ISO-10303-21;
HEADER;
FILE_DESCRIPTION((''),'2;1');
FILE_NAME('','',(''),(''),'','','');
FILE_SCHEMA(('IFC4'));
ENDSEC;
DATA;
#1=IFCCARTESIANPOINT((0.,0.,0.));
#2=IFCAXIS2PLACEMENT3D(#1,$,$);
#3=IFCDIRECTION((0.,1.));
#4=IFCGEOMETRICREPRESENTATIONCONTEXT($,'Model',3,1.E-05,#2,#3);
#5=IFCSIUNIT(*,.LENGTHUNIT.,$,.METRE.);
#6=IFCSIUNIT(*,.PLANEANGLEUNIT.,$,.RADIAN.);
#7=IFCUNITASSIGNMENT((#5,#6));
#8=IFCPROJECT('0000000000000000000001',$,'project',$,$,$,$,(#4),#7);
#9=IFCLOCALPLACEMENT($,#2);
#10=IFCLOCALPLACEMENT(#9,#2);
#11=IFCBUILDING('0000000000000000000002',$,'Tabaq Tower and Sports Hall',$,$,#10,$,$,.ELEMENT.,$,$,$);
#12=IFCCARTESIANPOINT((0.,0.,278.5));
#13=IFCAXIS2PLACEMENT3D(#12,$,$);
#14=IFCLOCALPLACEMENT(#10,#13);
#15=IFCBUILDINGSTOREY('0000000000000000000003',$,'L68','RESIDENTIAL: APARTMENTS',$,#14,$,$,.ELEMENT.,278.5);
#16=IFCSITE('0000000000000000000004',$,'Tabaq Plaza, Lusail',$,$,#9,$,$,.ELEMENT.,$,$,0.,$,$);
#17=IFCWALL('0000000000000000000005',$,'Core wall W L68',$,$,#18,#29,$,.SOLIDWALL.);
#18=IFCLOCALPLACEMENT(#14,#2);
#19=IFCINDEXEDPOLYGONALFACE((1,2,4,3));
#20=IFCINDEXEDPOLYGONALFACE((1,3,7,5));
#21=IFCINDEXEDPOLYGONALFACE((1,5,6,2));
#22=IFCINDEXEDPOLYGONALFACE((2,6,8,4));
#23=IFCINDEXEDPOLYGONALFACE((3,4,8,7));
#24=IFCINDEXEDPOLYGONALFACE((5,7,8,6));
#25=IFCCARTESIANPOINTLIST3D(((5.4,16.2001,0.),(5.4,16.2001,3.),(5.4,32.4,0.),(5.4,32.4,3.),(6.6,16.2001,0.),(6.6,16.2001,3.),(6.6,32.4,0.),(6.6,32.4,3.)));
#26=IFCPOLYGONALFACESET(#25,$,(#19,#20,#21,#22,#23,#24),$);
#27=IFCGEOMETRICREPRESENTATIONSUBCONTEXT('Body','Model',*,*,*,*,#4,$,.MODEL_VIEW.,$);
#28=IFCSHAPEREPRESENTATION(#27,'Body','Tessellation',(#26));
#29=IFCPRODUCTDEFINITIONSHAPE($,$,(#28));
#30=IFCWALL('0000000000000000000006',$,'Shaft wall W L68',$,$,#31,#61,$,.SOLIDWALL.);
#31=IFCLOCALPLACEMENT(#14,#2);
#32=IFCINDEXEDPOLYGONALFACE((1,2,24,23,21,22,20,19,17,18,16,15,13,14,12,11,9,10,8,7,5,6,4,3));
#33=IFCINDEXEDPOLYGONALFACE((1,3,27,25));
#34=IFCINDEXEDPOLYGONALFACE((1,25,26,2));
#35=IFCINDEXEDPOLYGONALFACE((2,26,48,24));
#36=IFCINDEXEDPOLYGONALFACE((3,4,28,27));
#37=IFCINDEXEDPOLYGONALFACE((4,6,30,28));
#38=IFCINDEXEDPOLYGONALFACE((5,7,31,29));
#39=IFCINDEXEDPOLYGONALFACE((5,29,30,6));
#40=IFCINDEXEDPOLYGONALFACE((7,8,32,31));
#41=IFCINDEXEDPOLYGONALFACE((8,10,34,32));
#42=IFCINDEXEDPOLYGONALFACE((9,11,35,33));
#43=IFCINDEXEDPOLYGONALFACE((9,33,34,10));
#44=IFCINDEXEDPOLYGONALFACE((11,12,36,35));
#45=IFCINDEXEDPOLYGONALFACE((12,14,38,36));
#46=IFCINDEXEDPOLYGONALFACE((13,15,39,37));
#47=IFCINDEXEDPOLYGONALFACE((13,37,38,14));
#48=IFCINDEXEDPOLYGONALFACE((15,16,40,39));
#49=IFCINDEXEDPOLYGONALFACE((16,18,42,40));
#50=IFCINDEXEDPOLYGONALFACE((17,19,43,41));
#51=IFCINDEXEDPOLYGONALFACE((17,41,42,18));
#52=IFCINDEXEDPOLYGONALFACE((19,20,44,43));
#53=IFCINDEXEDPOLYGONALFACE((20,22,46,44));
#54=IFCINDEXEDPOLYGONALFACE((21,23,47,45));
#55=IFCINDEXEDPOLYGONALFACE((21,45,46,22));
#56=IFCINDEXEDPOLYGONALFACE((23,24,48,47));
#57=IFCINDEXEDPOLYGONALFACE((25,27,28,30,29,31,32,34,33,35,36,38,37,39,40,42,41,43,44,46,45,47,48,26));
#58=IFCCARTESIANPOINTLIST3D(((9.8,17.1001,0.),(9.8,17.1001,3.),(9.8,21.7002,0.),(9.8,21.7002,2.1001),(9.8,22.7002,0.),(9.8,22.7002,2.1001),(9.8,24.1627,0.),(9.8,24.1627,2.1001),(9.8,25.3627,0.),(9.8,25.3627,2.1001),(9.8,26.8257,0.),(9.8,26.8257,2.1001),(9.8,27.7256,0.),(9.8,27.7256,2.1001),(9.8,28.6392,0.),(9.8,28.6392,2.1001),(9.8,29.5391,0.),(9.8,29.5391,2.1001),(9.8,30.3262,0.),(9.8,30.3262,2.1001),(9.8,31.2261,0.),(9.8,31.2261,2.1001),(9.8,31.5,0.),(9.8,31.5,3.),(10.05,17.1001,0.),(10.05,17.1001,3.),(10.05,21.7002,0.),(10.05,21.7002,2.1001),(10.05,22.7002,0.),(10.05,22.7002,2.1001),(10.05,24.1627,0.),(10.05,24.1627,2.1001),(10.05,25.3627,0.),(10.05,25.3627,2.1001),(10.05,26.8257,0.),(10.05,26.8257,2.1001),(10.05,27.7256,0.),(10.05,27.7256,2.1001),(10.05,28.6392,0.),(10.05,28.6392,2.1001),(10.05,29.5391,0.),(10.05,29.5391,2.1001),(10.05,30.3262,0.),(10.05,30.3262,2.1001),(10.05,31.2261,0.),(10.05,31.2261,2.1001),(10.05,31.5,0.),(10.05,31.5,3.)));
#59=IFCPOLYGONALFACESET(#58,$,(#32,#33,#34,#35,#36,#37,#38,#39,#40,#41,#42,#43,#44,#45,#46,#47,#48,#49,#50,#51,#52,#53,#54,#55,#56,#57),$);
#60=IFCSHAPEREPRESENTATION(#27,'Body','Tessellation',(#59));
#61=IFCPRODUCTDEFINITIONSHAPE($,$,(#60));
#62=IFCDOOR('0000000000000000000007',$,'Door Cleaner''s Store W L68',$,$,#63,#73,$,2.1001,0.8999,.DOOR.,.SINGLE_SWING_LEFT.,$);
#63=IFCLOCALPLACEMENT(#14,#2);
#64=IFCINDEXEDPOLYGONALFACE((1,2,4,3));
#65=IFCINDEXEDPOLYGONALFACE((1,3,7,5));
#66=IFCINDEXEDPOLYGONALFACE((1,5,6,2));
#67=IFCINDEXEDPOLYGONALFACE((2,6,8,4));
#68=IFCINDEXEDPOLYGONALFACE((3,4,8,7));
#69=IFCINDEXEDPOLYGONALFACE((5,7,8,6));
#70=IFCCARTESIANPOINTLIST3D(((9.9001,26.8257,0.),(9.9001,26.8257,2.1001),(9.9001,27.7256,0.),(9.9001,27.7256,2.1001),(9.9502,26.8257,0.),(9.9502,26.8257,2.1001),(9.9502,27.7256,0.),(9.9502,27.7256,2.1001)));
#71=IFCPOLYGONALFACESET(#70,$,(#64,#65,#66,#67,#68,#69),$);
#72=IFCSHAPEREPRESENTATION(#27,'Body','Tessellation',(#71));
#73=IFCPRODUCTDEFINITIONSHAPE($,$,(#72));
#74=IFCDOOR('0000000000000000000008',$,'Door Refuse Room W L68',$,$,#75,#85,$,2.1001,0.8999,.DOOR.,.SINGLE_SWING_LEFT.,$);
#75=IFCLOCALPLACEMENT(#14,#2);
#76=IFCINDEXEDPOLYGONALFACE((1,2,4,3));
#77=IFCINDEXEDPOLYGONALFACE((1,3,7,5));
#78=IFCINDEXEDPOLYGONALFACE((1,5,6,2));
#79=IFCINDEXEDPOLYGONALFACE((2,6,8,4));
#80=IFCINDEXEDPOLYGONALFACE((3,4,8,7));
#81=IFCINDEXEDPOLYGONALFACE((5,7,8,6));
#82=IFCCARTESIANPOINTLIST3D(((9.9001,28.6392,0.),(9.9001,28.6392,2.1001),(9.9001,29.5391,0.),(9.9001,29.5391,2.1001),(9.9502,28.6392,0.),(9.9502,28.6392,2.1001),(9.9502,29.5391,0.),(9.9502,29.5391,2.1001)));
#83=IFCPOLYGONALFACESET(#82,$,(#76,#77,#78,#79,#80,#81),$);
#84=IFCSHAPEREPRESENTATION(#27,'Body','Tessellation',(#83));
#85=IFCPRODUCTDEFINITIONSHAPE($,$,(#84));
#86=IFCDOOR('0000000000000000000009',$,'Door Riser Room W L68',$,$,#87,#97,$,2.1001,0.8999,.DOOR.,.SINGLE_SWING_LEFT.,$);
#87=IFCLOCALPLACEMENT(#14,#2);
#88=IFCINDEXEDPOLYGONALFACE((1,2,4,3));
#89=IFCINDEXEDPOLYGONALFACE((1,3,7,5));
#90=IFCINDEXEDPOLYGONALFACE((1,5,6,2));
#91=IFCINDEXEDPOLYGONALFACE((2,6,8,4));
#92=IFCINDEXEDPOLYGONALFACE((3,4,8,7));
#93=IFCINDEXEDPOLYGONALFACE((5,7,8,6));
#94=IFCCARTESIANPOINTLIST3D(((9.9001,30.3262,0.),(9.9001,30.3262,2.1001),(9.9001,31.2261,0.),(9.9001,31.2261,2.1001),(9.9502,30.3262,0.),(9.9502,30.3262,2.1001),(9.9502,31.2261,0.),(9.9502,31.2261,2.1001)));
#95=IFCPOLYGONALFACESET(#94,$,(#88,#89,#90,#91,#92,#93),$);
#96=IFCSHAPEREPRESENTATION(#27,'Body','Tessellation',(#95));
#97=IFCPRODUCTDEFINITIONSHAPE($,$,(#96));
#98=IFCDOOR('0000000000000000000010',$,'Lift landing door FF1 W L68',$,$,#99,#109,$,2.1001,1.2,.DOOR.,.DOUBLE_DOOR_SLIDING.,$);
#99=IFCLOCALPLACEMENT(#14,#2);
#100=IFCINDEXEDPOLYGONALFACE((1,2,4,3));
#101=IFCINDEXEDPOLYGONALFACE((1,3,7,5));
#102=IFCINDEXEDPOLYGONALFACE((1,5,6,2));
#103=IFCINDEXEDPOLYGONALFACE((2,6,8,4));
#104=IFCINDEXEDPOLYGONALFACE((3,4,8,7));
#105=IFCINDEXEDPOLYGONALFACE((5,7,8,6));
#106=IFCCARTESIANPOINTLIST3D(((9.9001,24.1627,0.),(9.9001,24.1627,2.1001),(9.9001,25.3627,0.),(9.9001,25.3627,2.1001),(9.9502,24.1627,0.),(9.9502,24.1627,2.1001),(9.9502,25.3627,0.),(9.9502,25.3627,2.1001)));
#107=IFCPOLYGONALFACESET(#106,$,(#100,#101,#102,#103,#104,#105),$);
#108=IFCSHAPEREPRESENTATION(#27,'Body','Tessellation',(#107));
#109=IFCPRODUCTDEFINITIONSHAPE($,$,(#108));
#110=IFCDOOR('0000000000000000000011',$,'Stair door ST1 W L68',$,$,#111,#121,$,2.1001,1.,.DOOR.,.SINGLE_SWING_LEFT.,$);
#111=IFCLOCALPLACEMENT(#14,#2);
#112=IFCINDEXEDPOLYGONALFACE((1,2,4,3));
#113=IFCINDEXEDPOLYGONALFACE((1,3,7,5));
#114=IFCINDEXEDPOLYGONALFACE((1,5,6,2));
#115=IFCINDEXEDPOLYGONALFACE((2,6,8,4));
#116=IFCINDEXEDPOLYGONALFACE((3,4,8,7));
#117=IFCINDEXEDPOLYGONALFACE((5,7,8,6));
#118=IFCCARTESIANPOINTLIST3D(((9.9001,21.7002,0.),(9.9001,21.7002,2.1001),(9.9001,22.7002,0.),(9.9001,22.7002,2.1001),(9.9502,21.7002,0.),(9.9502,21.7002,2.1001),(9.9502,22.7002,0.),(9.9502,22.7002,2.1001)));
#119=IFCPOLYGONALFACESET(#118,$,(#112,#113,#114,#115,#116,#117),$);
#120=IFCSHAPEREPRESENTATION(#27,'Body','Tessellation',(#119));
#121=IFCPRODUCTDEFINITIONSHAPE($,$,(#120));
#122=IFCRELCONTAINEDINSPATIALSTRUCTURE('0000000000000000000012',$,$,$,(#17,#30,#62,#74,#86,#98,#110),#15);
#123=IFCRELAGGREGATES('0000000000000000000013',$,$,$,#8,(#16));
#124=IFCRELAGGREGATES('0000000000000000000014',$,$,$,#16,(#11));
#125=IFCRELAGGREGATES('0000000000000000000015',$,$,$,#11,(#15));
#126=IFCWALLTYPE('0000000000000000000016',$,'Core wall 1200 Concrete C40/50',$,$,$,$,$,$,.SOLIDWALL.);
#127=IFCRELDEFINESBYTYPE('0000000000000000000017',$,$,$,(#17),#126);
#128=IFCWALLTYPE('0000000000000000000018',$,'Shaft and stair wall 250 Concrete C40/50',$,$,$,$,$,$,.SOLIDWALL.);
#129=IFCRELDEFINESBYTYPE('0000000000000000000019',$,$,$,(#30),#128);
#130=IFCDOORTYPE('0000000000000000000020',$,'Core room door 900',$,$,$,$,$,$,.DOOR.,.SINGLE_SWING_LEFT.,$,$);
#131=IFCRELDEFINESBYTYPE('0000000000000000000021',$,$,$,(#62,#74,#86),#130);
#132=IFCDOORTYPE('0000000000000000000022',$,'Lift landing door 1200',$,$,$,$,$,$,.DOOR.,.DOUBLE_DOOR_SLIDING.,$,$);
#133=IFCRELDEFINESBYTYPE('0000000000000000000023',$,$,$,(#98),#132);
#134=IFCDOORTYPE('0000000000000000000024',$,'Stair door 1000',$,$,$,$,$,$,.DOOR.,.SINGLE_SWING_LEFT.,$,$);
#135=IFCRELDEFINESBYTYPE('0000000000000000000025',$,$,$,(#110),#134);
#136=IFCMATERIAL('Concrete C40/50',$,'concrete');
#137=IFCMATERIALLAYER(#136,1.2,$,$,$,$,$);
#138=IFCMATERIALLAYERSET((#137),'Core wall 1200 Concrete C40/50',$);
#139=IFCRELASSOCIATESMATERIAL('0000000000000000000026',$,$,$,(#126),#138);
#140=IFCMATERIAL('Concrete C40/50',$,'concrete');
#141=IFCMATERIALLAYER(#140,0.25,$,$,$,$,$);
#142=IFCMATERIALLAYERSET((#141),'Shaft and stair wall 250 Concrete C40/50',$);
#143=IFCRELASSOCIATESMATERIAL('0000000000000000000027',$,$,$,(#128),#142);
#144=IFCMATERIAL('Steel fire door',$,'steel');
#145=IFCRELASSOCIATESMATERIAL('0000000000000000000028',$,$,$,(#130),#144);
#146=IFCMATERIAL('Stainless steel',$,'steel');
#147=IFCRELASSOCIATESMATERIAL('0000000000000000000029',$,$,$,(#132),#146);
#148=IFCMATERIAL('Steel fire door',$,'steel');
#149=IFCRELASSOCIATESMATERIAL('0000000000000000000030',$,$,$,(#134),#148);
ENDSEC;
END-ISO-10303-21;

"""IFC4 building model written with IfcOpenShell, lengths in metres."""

from ifc_helpers import new_model, si_unit, direction, frame, frame_2d, origin, place, context, subcontext, project, spatial, rectangle, extrude, material, layer, layer_set, type_object, element, fill, save


model = new_model("IFC4")

# Units and contexts
model_context = context("Model", 3, precision=1e-05, world=origin(), true_north=direction((0.0, 1.0)))
body_context = subcontext(model_context, "Body", "Model", "MODEL_VIEW")
ifc_project = project(units=[si_unit("LENGTHUNIT", "METRE"), si_unit("PLANEANGLEUNIT", "RADIAN")], contexts=[model_context])

# Site, building, storey
site_placement = place(None, origin())
site = spatial("IfcSite", under=ifc_project, at=site_placement, Name="Tabaq Plaza, Lusail", CompositionType="ELEMENT", RefElevation=0.0)
building_placement = place(site_placement, origin())
building = spatial("IfcBuilding", under=site, at=building_placement, Name="Tabaq Tower and Sports Hall", CompositionType="ELEMENT")
storey_placement = place(building_placement, frame((0.0, 0.0, 278.5)))
storey = spatial("IfcBuildingStorey", under=building, at=storey_placement, Name="L68", Description="RESIDENTIAL: APARTMENTS", CompositionType="ELEMENT", Elevation=278.5)

# Wall
ifc_material_1 = material(Name="Concrete C40/50", Category="concrete")
ifc_layer_1 = layer(ifc_material_1, 1.2)
ifc_layer_set_1 = layer_set([ifc_layer_1], Name="Core wall 1200 Concrete C40/50")
wall_type_1 = type_object("IfcWallType", Name="Core wall 1200 Concrete C40/50", PredefinedType="SOLIDWALL", material=ifc_layer_set_1)
wall_1_placement = place(storey_placement, frame((6.0, 16.2, 0.0), z_axis=(0.0, 0.0, 1.0), x_axis=(0.0, 1.0, 0.0)))
element("IfcWall", 1, at=wall_1_placement, inside=storey, type_object=wall_type_1, Name="Core wall W L68", PredefinedType="SOLIDWALL", context=body_context, shape_type="SweptSolid", body=[
    extrude(rectangle(XDim=16.2, YDim=1.2, at=frame_2d((8.1001, 0.0))), origin(), (0.0, 0.0, 1.0), 3.0),
])

# Wall, openings, doors
ifc_material_2 = material(Name="Concrete C40/50", Category="concrete")
ifc_layer_2 = layer(ifc_material_2, 0.25)
ifc_layer_set_2 = layer_set([ifc_layer_2], Name="Shaft and stair wall 250 Concrete C40/50")
wall_type_2 = type_object("IfcWallType", Name="Shaft and stair wall 250 Concrete C40/50", PredefinedType="SOLIDWALL", material=ifc_layer_set_2)
wall_2_placement = place(storey_placement, frame((9.925, 17.1001, 0.0), z_axis=(0.0, 0.0, 1.0), x_axis=(0.0, 1.0, 0.0)))
wall_2 = element("IfcWall", 2, at=wall_2_placement, inside=storey, type_object=wall_type_2, Name="Shaft wall W L68", PredefinedType="SOLIDWALL", context=body_context, shape_type="SweptSolid", body=[
    extrude(rectangle(XDim=14.3999, YDim=0.25, at=frame_2d((7.2, 0.0))), origin(), (0.0, 0.0, 1.0), 3.0),
])
opening_1_placement = place(wall_2_placement, frame((4.6001, 0.0, 0.0)))
opening_1 = element("IfcOpeningElement", 3, at=opening_1_placement, cuts=wall_2, PredefinedType="OPENING", context=body_context, shape_type="SweptSolid", body=[
    extrude(rectangle(XDim=1.0, YDim=2.1001, at=frame_2d((0.5, 1.05))), frame((0.0, 0.125, 0.0), z_axis=(0.0, -1.0, 0.0), x_axis=(1.0, 0.0, 0.0)), (0.0, 0.0, 1.0), 0.25),
])
opening_2_placement = place(wall_2_placement, frame((7.0625, 0.0, 0.0)))
opening_2 = element("IfcOpeningElement", 4, at=opening_2_placement, cuts=wall_2, PredefinedType="OPENING", context=body_context, shape_type="SweptSolid", body=[
    extrude(rectangle(XDim=1.2, YDim=2.1001, at=frame_2d((0.6001, 1.05))), frame((0.0, 0.125, 0.0), z_axis=(0.0, -1.0, 0.0), x_axis=(1.0, 0.0, 0.0)), (0.0, 0.0, 1.0), 0.25),
])
opening_3_placement = place(wall_2_placement, frame((9.7256, 0.0, 0.0)))
opening_3 = element("IfcOpeningElement", 5, at=opening_3_placement, cuts=wall_2, PredefinedType="OPENING", context=body_context, shape_type="SweptSolid", body=[
    extrude(rectangle(XDim=0.8999, YDim=2.1001, at=frame_2d((0.45, 1.05))), frame((0.0, 0.125, 0.0), z_axis=(0.0, -1.0, 0.0), x_axis=(1.0, 0.0, 0.0)), (0.0, 0.0, 1.0), 0.25),
])
opening_4_placement = place(wall_2_placement, frame((11.5391, 0.0, 0.0)))
opening_4 = element("IfcOpeningElement", 6, at=opening_4_placement, cuts=wall_2, PredefinedType="OPENING", context=body_context, shape_type="SweptSolid", body=[
    extrude(rectangle(XDim=0.8999, YDim=2.1001, at=frame_2d((0.45, 1.05))), frame((0.0, 0.125, 0.0), z_axis=(0.0, -1.0, 0.0), x_axis=(1.0, 0.0, 0.0)), (0.0, 0.0, 1.0), 0.25),
])
opening_5_placement = place(wall_2_placement, frame((13.2261, 0.0, 0.0)))
opening_5 = element("IfcOpeningElement", 7, at=opening_5_placement, cuts=wall_2, PredefinedType="OPENING", context=body_context, shape_type="SweptSolid", body=[
    extrude(rectangle(XDim=0.8999, YDim=2.1001, at=frame_2d((0.45, 1.05))), frame((0.0, 0.125, 0.0), z_axis=(0.0, -1.0, 0.0), x_axis=(1.0, 0.0, 0.0)), (0.0, 0.0, 1.0), 0.25),
])
ifc_material_3 = material(Name="Steel fire door", Category="steel")
door_type_1 = type_object("IfcDoorType", Name="Core room door 900", OperationType="SINGLE_SWING_LEFT", PredefinedType="DOOR", material=ifc_material_3)
door_1_placement = place(opening_3_placement, origin())
door_1 = element("IfcDoor", 8, at=door_1_placement, inside=storey, type_object=door_type_1, Name="Door Cleaner's Store W L68", OperationType="SINGLE_SWING_LEFT", OverallHeight=2.1001, OverallWidth=0.8999, PredefinedType="DOOR", context=body_context, shape_type="SweptSolid", body=[
    extrude(rectangle(XDim=0.8999, YDim=2.1001, at=frame_2d((0.45, 1.05))), frame((0.0, 0.0249, 0.0), z_axis=(0.0, -1.0, 0.0), x_axis=(1.0, 0.0, 0.0)), (0.0, 0.0, 1.0), 0.05),
])
fill(opening_3, door_1)
door_2_placement = place(opening_4_placement, origin())
door_2 = element("IfcDoor", 9, at=door_2_placement, inside=storey, type_object=door_type_1, Name="Door Refuse Room W L68", OperationType="SINGLE_SWING_LEFT", OverallHeight=2.1001, OverallWidth=0.8999, PredefinedType="DOOR", context=body_context, shape_type="SweptSolid", body=[
    extrude(rectangle(XDim=0.8999, YDim=2.1001, at=frame_2d((0.45, 1.05))), frame((0.0, 0.0249, 0.0), z_axis=(0.0, -1.0, 0.0), x_axis=(1.0, 0.0, 0.0)), (0.0, 0.0, 1.0), 0.05),
])
fill(opening_4, door_2)
door_3_placement = place(opening_5_placement, origin())
door_3 = element("IfcDoor", 10, at=door_3_placement, inside=storey, type_object=door_type_1, Name="Door Riser Room W L68", OperationType="SINGLE_SWING_LEFT", OverallHeight=2.1001, OverallWidth=0.8999, PredefinedType="DOOR", context=body_context, shape_type="SweptSolid", body=[
    extrude(rectangle(XDim=0.8999, YDim=2.1001, at=frame_2d((0.45, 1.05))), frame((0.0, 0.0249, 0.0), z_axis=(0.0, -1.0, 0.0), x_axis=(1.0, 0.0, 0.0)), (0.0, 0.0, 1.0), 0.05),
])
fill(opening_5, door_3)
ifc_material_4 = material(Name="Stainless steel", Category="steel")
door_type_2 = type_object("IfcDoorType", Name="Lift landing door 1200", OperationType="DOUBLE_DOOR_SLIDING", PredefinedType="DOOR", material=ifc_material_4)
door_4_placement = place(opening_2_placement, origin())
door_4 = element("IfcDoor", 11, at=door_4_placement, inside=storey, type_object=door_type_2, Name="Lift landing door FF1 W L68", OperationType="DOUBLE_DOOR_SLIDING", OverallHeight=2.1001, OverallWidth=1.2, PredefinedType="DOOR", context=body_context, shape_type="SweptSolid", body=[
    extrude(rectangle(XDim=1.2, YDim=2.1001, at=frame_2d((0.6001, 1.05))), frame((0.0, 0.0249, 0.0), z_axis=(0.0, -1.0, 0.0), x_axis=(1.0, 0.0, 0.0)), (0.0, 0.0, 1.0), 0.05),
])
fill(opening_2, door_4)
ifc_material_5 = material(Name="Steel fire door", Category="steel")
door_type_3 = type_object("IfcDoorType", Name="Stair door 1000", OperationType="SINGLE_SWING_LEFT", PredefinedType="DOOR", material=ifc_material_5)
door_5_placement = place(opening_1_placement, origin())
door_5 = element("IfcDoor", 12, at=door_5_placement, inside=storey, type_object=door_type_3, Name="Stair door ST1 W L68", OperationType="SINGLE_SWING_LEFT", OverallHeight=2.1001, OverallWidth=1.0, PredefinedType="DOOR", context=body_context, shape_type="SweptSolid", body=[
    extrude(rectangle(XDim=1.0, YDim=2.1001, at=frame_2d((0.5, 1.05))), frame((0.0, 0.0249, 0.0), z_axis=(0.0, -1.0, 0.0), x_axis=(1.0, 0.0, 0.0)), (0.0, 0.0, 1.0), 0.05),
])
fill(opening_1, door_5)

save(model, "model.ifc")
